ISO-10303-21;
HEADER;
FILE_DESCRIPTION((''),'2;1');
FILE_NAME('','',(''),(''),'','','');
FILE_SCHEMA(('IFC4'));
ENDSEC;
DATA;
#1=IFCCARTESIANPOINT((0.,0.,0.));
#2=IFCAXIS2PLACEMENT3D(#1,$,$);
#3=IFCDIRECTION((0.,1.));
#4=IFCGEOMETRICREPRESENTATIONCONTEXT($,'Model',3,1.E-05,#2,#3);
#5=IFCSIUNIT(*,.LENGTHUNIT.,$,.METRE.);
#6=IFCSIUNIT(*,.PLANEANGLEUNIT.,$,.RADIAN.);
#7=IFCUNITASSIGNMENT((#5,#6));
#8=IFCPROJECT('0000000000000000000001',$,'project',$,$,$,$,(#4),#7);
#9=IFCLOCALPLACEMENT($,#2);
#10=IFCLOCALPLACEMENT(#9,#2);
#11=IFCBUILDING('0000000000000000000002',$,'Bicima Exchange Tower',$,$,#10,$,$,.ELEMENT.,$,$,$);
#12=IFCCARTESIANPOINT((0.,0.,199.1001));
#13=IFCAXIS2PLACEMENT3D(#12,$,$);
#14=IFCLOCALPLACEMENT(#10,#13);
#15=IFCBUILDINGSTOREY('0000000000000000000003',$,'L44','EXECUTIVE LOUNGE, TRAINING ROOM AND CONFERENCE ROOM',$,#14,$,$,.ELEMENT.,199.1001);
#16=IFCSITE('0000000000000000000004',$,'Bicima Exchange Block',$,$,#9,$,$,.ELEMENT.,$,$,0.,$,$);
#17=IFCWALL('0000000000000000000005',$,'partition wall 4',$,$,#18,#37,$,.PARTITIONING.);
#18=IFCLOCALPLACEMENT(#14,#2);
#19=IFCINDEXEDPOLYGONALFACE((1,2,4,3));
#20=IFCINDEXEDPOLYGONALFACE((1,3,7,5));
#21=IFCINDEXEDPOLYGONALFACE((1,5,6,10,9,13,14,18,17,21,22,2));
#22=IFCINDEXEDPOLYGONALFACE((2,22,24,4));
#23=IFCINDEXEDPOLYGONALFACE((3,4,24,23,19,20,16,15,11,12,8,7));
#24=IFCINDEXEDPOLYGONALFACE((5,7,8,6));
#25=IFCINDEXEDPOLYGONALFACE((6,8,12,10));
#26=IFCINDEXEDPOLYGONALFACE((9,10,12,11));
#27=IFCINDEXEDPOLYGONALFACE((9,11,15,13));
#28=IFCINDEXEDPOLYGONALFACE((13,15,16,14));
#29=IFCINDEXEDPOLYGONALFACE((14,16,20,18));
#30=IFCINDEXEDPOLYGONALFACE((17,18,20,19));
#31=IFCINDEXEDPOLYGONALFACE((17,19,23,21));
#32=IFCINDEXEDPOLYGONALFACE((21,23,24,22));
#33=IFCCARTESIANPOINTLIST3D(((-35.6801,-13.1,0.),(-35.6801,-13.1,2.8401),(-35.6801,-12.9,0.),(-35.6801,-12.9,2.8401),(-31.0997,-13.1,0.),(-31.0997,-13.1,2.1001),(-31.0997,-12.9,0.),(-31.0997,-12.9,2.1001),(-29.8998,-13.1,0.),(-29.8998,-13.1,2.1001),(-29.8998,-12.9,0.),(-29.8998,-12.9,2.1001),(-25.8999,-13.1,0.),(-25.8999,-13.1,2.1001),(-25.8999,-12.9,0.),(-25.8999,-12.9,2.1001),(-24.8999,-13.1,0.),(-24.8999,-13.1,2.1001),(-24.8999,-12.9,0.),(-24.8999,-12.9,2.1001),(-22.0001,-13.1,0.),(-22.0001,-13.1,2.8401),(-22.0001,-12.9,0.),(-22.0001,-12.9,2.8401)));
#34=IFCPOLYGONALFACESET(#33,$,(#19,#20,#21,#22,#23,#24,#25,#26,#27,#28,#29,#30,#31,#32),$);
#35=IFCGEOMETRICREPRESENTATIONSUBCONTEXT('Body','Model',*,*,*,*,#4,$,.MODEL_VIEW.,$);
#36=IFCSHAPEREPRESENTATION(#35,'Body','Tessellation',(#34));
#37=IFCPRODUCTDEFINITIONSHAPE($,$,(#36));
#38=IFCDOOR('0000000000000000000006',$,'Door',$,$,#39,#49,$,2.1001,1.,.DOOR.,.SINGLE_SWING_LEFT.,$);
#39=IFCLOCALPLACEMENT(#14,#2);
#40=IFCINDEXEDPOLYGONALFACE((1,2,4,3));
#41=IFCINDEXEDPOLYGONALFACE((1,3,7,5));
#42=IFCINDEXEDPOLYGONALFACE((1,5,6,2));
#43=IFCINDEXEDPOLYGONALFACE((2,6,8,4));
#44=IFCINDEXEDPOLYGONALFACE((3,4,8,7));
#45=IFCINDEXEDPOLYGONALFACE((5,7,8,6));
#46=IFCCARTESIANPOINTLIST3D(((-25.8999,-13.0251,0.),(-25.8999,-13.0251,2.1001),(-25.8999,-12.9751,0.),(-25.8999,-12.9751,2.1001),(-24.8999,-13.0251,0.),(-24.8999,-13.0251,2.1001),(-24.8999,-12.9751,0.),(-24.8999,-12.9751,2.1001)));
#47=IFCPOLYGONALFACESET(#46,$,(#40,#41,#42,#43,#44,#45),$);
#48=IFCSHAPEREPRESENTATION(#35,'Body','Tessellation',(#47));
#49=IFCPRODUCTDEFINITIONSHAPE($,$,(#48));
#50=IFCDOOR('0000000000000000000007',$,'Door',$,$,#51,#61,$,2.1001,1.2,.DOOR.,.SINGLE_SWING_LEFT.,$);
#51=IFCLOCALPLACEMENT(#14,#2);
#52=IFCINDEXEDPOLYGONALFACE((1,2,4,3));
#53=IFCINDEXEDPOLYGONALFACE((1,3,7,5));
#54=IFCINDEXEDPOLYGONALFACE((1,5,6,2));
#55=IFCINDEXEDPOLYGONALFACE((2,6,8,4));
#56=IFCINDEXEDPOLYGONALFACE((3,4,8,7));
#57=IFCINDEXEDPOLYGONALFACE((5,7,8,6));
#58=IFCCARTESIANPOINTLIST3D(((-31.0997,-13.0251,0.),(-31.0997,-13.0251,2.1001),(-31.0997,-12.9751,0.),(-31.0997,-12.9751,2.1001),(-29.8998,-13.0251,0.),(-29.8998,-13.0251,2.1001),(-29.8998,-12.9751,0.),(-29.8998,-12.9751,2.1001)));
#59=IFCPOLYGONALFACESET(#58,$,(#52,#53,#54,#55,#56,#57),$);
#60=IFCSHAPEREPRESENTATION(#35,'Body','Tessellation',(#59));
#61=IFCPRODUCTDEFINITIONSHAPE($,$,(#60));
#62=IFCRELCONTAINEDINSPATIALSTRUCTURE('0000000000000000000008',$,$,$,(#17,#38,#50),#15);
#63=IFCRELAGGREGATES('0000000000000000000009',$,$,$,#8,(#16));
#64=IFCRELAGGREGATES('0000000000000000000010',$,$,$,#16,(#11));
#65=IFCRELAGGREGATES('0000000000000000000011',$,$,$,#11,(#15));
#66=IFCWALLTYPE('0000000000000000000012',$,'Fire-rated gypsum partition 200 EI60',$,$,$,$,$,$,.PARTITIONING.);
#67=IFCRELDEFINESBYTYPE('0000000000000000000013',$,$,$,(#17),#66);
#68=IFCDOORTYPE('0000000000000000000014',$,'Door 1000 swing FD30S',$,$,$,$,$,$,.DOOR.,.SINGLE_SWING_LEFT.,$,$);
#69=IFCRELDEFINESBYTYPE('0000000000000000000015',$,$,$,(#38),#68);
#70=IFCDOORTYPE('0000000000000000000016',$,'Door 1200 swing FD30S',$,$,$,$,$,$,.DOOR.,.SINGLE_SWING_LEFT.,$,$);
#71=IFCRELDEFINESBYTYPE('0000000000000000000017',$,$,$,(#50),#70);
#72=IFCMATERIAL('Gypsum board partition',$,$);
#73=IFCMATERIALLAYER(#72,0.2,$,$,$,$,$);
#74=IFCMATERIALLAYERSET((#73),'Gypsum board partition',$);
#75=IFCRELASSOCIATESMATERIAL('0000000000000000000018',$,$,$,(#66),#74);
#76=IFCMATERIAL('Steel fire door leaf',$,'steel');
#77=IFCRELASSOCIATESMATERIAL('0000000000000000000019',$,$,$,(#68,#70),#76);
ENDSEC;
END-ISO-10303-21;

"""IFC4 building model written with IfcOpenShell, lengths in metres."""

from ifc_helpers import new_model, si_unit, direction, frame, frame_2d, origin, place, context, subcontext, project, spatial, rectangle, extrude, material, layer, layer_set, type_object, element, fill, save


model = new_model("IFC4")

# Units and contexts
model_context = context("Model", 3, precision=1e-05, world=origin(), true_north=direction((0.0, 1.0)))
body_context = subcontext(model_context, "Body", "Model", "MODEL_VIEW")
ifc_project = project(units=[si_unit("LENGTHUNIT", "METRE"), si_unit("PLANEANGLEUNIT", "RADIAN")], contexts=[model_context])

# Site, building, storey
site_placement = place(None, origin())
site = spatial("IfcSite", under=ifc_project, at=site_placement, Name="Bicima Exchange Block", CompositionType="ELEMENT", RefElevation=0.0)
building_placement = place(site_placement, origin())
building = spatial("IfcBuilding", under=site, at=building_placement, Name="Bicima Exchange Tower", CompositionType="ELEMENT")
storey_placement = place(building_placement, frame((0.0, 0.0, 199.1001)))
storey = spatial("IfcBuildingStorey", under=building, at=storey_placement, Name="L44", Description="EXECUTIVE LOUNGE, TRAINING ROOM AND CONFERENCE ROOM", CompositionType="ELEMENT", Elevation=199.1001)

# Wall, openings, doors
ifc_material_1 = material(Name="Gypsum board partition")
ifc_layer_1 = layer(ifc_material_1, 0.2)
ifc_layer_set_1 = layer_set([ifc_layer_1], Name="Gypsum board partition")
wall_type = type_object("IfcWallType", Name="Fire-rated gypsum partition 200 EI60", PredefinedType="PARTITIONING", material=ifc_layer_set_1)
ifc_material_2 = material(Name="Steel fire door leaf", Category="steel")
door_type_1 = type_object("IfcDoorType", Name="Door 1000 swing FD30S", OperationType="SINGLE_SWING_LEFT", PredefinedType="DOOR", material=ifc_material_2)
wall_1_placement = place(storey_placement, frame((-35.6799, -13.0, 0.0), z_axis=(0.0, 0.0, 1.0), x_axis=(1.0, 0.0, 0.0)))
wall_1 = element("IfcWall", 1, at=wall_1_placement, inside=storey, type_object=wall_type, Name="partition wall 4", PredefinedType="PARTITIONING", context=body_context, shape_type="SweptSolid", body=[
    extrude(rectangle(XDim=13.6799, YDim=0.2, at=frame_2d((6.8398, 0.0))), origin(), (0.0, 0.0, 1.0), 2.8401),
])
opening_1_placement = place(wall_1_placement, frame((4.5801, 0.0, 0.0)))
opening_1 = element("IfcOpeningElement", 2, at=opening_1_placement, cuts=wall_1, PredefinedType="OPENING", context=body_context, shape_type="SweptSolid", body=[
    extrude(rectangle(XDim=1.2, YDim=2.1001, at=frame_2d((0.6001, 1.05))), frame((0.0, 0.1118, 0.0), z_axis=(0.0, -1.0, 0.0), x_axis=(1.0, 0.0, 0.0)), (0.0, 0.0, 1.0), 0.2239),
])
opening_2_placement = place(wall_1_placement, frame((9.78, 0.0, 0.0)))
opening_2 = element("IfcOpeningElement", 3, at=opening_2_placement, cuts=wall_1, PredefinedType="OPENING", context=body_context, shape_type="SweptSolid", body=[
    extrude(rectangle(XDim=1.0, YDim=2.1001, at=frame_2d((0.5, 1.05))), frame((0.0, 0.1118, 0.0), z_axis=(0.0, -1.0, 0.0), x_axis=(1.0, 0.0, 0.0)), (0.0, 0.0, 1.0), 0.2239),
])
door_1_placement = place(opening_2_placement, origin())
door_1 = element("IfcDoor", 4, at=door_1_placement, inside=storey, type_object=door_type_1, Name="Door", OperationType="SINGLE_SWING_LEFT", OverallHeight=2.1001, OverallWidth=1.0, PredefinedType="DOOR", context=body_context, shape_type="SweptSolid", body=[
    extrude(rectangle(XDim=1.0, YDim=2.1001, at=frame_2d((0.5, 1.05))), frame((0.0, 0.0249, 0.0), z_axis=(0.0, -1.0, 0.0), x_axis=(1.0, 0.0, 0.0)), (0.0, 0.0, 1.0), 0.05),
])
fill(opening_2, door_1)
door_type_2 = type_object("IfcDoorType", Name="Door 1200 swing FD30S", OperationType="SINGLE_SWING_LEFT", PredefinedType="DOOR", material=ifc_material_2)
door_2_placement = place(opening_1_placement, origin())
door_2 = element("IfcDoor", 5, at=door_2_placement, inside=storey, type_object=door_type_2, Name="Door", OperationType="SINGLE_SWING_LEFT", OverallHeight=2.1001, OverallWidth=1.2, PredefinedType="DOOR", context=body_context, shape_type="SweptSolid", body=[
    extrude(rectangle(XDim=1.2, YDim=2.1001, at=frame_2d((0.6001, 1.05))), frame((0.0, 0.0249, 0.0), z_axis=(0.0, -1.0, 0.0), x_axis=(1.0, 0.0, 0.0)), (0.0, 0.0, 1.0), 0.05),
])
fill(opening_1, door_2)

save(model, "model.ifc")
